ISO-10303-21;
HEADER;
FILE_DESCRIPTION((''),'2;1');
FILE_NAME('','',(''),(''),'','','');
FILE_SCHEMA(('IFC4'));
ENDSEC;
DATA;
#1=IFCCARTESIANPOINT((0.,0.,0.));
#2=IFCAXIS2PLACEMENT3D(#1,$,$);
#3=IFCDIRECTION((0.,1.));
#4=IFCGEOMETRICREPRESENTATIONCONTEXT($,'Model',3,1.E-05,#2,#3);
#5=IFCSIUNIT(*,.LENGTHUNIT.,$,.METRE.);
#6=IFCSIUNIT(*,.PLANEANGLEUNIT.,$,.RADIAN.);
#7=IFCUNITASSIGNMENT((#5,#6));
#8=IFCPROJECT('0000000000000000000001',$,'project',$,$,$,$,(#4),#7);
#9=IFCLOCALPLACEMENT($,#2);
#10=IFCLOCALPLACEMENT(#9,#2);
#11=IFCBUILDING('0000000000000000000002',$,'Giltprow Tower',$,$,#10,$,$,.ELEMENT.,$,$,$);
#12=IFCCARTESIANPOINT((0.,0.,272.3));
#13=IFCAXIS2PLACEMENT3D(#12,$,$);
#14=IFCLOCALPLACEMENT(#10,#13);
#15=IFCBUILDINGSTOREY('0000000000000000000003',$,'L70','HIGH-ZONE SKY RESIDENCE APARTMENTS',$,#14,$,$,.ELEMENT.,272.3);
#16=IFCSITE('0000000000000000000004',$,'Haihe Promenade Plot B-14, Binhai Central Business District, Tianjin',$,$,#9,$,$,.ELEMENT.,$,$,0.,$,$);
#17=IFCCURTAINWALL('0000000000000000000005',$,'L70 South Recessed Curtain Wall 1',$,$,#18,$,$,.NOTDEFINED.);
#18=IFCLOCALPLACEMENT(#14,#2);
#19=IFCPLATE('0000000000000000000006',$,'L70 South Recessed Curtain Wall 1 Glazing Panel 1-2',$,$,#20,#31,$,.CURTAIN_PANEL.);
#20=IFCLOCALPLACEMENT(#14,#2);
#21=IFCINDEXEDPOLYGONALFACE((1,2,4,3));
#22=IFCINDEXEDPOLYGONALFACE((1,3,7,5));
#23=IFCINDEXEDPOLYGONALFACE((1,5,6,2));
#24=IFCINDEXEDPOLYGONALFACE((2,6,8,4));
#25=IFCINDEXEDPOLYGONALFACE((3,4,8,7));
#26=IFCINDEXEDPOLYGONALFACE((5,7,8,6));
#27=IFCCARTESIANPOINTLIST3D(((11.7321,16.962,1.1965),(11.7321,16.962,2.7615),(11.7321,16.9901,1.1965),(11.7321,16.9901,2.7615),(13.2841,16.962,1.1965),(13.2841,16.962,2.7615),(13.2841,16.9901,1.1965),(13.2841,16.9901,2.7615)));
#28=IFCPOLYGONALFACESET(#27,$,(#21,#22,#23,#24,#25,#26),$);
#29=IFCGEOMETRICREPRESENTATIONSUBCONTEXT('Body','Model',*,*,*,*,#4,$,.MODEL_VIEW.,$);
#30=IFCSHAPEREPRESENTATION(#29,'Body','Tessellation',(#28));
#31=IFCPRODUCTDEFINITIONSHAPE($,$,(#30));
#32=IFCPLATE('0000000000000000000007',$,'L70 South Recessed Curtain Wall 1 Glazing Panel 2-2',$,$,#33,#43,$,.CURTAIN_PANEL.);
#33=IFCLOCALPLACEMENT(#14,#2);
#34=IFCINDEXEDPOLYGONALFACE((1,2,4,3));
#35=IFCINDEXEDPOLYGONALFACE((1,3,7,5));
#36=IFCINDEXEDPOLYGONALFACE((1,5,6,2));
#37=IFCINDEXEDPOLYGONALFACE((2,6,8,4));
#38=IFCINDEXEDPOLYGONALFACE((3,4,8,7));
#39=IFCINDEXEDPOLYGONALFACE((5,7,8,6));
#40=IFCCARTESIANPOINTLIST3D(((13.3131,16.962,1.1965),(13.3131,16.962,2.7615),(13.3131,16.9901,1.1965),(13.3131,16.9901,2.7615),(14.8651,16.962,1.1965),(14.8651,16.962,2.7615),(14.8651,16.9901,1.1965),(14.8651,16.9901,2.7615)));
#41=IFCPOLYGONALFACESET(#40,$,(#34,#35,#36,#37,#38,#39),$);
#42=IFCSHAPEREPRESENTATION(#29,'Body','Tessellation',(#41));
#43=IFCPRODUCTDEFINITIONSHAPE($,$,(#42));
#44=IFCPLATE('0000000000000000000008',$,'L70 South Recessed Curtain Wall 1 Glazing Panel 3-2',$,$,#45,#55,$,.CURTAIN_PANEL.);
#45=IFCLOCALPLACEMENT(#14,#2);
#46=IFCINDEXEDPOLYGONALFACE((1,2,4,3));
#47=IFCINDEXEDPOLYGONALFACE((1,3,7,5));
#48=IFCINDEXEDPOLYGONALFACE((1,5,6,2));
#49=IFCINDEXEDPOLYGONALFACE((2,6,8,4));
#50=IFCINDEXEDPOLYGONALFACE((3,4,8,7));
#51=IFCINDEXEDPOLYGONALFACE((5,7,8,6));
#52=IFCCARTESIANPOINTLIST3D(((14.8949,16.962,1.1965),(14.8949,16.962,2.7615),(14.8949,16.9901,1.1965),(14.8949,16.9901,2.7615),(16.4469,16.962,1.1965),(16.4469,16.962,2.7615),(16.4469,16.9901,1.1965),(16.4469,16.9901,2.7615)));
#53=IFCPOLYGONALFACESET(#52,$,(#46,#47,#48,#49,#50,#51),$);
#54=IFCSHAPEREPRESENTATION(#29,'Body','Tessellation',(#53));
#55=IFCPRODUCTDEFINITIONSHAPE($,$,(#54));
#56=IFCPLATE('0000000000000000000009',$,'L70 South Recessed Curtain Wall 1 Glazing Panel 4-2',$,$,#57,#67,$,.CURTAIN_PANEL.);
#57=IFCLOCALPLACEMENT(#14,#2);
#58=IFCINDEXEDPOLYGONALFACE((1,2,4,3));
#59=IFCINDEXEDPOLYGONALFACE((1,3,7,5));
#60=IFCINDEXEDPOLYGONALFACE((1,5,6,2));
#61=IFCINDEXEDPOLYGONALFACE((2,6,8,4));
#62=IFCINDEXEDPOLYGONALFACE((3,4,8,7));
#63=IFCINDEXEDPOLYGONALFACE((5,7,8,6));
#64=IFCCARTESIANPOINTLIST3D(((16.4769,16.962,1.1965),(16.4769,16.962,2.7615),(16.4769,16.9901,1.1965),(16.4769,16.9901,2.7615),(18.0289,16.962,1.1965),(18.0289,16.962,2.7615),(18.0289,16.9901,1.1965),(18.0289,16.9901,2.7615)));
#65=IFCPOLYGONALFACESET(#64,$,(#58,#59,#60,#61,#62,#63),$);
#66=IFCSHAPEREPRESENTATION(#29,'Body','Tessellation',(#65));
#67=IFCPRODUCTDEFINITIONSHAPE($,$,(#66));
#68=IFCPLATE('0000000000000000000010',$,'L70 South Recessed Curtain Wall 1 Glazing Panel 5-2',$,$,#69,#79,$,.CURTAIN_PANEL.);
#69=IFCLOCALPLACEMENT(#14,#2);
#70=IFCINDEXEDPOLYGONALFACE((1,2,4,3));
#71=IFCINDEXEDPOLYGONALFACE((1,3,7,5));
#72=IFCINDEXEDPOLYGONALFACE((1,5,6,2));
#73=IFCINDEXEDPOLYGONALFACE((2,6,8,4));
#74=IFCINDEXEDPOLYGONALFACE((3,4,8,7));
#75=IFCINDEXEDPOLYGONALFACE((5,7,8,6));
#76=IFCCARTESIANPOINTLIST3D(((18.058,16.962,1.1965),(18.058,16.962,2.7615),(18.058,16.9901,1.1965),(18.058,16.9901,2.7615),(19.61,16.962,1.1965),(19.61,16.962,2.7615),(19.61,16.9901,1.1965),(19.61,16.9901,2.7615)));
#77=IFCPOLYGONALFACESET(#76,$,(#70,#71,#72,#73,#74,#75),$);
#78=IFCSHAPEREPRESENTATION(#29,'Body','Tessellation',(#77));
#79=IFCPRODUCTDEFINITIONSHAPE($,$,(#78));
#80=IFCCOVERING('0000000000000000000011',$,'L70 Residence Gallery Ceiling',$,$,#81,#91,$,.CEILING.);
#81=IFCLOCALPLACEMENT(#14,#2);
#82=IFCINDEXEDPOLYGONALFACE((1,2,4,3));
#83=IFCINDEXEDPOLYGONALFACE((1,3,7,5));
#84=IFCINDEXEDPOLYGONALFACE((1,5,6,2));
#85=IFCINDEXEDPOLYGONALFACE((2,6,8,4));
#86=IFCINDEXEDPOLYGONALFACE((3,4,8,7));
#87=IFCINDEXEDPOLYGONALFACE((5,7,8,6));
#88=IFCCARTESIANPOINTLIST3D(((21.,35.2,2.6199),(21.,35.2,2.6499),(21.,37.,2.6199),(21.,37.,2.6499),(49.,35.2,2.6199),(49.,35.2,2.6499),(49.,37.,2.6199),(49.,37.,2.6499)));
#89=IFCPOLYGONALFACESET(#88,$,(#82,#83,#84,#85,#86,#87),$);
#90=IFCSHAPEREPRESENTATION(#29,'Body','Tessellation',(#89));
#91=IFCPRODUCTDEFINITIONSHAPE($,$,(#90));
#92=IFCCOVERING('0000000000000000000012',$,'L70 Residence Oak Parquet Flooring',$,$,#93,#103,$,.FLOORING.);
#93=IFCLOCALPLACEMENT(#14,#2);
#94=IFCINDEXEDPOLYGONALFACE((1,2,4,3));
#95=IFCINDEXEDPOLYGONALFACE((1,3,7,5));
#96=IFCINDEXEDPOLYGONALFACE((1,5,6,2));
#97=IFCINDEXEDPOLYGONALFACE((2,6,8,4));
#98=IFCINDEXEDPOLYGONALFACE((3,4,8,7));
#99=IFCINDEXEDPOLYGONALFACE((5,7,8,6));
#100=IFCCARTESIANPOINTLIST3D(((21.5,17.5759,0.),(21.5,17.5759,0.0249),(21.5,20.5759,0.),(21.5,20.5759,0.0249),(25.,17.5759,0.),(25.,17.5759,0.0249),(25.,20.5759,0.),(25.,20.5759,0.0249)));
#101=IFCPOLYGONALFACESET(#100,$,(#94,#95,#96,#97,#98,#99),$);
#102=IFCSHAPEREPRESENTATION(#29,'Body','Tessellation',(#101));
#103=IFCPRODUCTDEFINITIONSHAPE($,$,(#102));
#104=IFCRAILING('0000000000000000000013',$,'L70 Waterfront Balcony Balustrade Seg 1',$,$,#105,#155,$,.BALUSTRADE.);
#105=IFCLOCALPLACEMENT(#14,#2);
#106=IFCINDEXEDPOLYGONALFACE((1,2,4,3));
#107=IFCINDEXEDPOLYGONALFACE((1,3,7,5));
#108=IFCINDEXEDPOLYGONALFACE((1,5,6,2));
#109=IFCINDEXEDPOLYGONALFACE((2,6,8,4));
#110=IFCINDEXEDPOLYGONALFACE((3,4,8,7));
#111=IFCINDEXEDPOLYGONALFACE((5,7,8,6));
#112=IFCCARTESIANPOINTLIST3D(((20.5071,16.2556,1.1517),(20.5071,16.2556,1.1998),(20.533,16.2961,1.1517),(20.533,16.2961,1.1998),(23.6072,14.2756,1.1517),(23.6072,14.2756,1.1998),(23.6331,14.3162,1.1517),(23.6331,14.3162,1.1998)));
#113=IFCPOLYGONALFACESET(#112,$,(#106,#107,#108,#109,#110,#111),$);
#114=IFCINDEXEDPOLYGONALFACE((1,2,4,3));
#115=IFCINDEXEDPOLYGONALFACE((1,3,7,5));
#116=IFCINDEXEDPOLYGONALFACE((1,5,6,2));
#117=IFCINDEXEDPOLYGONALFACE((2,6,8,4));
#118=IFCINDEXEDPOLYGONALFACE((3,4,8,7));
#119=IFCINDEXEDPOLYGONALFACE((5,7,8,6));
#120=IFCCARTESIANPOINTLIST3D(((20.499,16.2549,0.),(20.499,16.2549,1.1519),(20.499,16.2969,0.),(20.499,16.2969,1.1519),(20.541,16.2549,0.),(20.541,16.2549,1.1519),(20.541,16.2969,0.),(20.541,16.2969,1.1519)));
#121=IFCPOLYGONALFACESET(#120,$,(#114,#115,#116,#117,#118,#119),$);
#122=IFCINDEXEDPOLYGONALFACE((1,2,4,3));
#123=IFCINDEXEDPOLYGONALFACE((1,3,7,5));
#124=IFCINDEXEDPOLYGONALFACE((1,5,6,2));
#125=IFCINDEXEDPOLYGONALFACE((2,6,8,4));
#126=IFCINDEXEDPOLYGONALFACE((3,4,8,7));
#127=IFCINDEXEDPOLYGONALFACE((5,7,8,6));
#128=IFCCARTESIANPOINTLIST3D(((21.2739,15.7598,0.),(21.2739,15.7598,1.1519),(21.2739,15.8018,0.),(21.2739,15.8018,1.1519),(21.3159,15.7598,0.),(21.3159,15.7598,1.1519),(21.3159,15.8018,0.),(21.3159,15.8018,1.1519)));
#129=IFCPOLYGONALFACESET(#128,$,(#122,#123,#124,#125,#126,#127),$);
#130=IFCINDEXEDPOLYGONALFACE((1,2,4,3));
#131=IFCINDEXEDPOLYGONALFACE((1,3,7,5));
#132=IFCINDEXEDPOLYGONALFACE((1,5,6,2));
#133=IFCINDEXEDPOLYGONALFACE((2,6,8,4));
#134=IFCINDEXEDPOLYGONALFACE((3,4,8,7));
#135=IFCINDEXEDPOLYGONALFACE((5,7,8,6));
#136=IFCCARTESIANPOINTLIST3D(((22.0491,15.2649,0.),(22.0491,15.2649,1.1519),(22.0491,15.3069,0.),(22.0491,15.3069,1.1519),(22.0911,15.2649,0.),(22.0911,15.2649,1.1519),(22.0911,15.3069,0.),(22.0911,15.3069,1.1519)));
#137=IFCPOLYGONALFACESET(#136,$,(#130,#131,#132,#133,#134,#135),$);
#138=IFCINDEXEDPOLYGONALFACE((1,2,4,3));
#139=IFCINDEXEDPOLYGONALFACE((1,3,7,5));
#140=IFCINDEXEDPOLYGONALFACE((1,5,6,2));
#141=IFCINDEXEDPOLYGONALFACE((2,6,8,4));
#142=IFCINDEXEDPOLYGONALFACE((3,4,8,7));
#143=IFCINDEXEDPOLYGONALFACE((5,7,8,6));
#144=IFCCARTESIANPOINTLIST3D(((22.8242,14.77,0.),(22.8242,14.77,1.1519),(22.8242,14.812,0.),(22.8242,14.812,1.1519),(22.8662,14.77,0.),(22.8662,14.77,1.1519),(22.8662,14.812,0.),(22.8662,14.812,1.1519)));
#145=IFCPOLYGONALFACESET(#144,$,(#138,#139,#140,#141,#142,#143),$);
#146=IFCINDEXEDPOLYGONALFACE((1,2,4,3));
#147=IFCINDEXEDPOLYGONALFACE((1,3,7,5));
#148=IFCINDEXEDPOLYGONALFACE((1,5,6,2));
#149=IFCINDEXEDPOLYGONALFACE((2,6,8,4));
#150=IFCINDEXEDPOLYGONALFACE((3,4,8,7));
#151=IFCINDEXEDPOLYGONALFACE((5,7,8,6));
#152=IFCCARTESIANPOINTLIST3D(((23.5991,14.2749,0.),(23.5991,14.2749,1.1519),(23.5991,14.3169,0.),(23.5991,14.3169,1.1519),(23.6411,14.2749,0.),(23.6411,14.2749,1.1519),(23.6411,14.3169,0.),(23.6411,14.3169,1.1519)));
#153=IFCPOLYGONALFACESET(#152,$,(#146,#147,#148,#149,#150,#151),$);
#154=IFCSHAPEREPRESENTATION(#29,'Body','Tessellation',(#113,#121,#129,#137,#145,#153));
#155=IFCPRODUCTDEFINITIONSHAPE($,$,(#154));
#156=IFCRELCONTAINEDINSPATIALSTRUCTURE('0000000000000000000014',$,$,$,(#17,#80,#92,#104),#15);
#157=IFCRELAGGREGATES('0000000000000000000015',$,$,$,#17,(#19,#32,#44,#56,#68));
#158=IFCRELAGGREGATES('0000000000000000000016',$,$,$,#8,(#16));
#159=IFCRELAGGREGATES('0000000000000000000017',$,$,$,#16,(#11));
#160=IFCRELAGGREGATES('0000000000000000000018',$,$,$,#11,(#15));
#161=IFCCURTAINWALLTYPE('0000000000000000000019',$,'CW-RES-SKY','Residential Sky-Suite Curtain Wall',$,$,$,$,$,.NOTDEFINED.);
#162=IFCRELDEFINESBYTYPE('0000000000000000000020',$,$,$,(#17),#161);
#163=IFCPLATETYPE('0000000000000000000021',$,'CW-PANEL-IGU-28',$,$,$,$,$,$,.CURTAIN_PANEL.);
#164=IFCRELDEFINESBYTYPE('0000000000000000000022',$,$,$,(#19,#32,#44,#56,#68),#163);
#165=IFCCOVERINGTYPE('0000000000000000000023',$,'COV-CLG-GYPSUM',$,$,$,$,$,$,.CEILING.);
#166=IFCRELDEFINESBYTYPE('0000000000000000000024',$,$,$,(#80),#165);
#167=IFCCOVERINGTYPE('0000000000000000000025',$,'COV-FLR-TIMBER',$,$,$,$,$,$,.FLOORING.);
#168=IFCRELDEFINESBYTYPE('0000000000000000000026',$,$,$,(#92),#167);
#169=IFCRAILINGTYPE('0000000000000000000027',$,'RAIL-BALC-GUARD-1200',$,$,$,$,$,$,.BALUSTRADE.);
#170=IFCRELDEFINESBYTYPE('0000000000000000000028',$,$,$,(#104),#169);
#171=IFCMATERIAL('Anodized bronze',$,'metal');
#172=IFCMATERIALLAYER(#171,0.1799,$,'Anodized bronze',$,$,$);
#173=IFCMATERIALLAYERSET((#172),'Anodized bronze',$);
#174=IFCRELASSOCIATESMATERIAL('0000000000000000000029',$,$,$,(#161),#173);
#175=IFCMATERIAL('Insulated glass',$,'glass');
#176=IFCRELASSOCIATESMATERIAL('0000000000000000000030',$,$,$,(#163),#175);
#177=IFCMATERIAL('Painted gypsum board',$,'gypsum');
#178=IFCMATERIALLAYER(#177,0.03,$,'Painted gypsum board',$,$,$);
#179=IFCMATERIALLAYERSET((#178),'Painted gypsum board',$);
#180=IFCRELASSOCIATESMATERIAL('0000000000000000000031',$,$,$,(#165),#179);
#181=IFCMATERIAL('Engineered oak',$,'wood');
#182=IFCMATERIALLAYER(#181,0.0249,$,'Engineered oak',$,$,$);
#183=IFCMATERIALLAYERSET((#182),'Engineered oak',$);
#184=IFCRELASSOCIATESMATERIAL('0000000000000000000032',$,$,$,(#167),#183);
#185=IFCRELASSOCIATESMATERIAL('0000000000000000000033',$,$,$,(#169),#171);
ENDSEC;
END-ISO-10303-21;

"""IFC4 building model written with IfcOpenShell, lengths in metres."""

from ifc_helpers import new_model, si_unit, direction, frame, origin, origin_2d, place, context, subcontext, project, spatial, polyline, rectangle, outline, extrude, source, transform, mapped, material, layer, layer_set, type_object, element, aggregate, save


model = new_model("IFC4")

# Units and contexts
model_context = context("Model", 3, precision=1e-05, world=origin(), true_north=direction((0.0, 1.0)))
body_context = subcontext(model_context, "Body", "Model", "MODEL_VIEW")
ifc_project = project(units=[si_unit("LENGTHUNIT", "METRE"), si_unit("PLANEANGLEUNIT", "RADIAN")], contexts=[model_context])

# Site, building, storey
site_placement = place(None, origin())
site = spatial("IfcSite", under=ifc_project, at=site_placement, Name="Haihe Promenade Plot B-14, Binhai Central Business District, Tianjin", CompositionType="ELEMENT", RefElevation=0.0)
building_placement = place(site_placement, origin())
building = spatial("IfcBuilding", under=site, at=building_placement, Name="Giltprow Tower", CompositionType="ELEMENT")
storey_placement = place(building_placement, frame((0.0, 0.0, 272.3)))
storey = spatial("IfcBuildingStorey", under=building, at=storey_placement, Name="L70", Description="HIGH-ZONE SKY RESIDENCE APARTMENTS", CompositionType="ELEMENT", Elevation=272.3)

# Curtain wall
ifc_material_1 = material(Name="Anodized bronze", Category="metal")
ifc_layer_1 = layer(ifc_material_1, 0.1799, Name="Anodized bronze")
ifc_layer_set_1 = layer_set([ifc_layer_1], Name="Anodized bronze")
curtain_wall_type = type_object("IfcCurtainWallType", Name="CW-RES-SKY", Description="Residential Sky-Suite Curtain Wall", PredefinedType="NOTDEFINED", material=ifc_layer_set_1)
curtain_wall_placement = place(storey_placement, origin())
curtain_wall = element("IfcCurtainWall", 1, at=curtain_wall_placement, inside=storey, type_object=curtain_wall_type, Name="L70 South Recessed Curtain Wall 1", PredefinedType="NOTDEFINED")

# Plates
ifc_material_2 = material(Name="Insulated glass", Category="glass")
plate_type = type_object("IfcPlateType", Name="CW-PANEL-IGU-28", PredefinedType="CURTAIN_PANEL", material=ifc_material_2)
shared_shape_1 = source(origin(), body_context, "Body", "SweptSolid", [
    extrude(rectangle(XDim=1.552, YDim=0.0281, at=origin_2d()), origin(), (0.0, 0.0, 1.0), 1.5649),
])
plate_1_placement = place(storey_placement, frame((12.5081, 16.9761, 1.1965), z_axis=(0.0, 0.0, 1.0), x_axis=(1.0, 0.0, 0.0)))
plate_1 = element("IfcPlate", 2, at=plate_1_placement, type_object=plate_type, Name="L70 South Recessed Curtain Wall 1 Glazing Panel 1-2", PredefinedType="CURTAIN_PANEL", context=body_context, shape_type="MappedRepresentation", body=[
    mapped(shared_shape_1, transform((0.0, 0.0, 0.0), x_axis=(1.0, 0.0, 0.0), y_axis=(0.0, 1.0, 0.0), z_axis=(0.0, 0.0, 1.0), scale=1.0)),
])
plate_2_placement = place(storey_placement, frame((14.0891, 16.9761, 1.1965), z_axis=(0.0, 0.0, 1.0), x_axis=(1.0, 0.0, 0.0)))
plate_2 = element("IfcPlate", 3, at=plate_2_placement, type_object=plate_type, Name="L70 South Recessed Curtain Wall 1 Glazing Panel 2-2", PredefinedType="CURTAIN_PANEL", context=body_context, shape_type="MappedRepresentation", body=[
    mapped(shared_shape_1, transform((0.0, 0.0, 0.0), x_axis=(1.0, 0.0, 0.0), y_axis=(0.0, 1.0, 0.0), z_axis=(0.0, 0.0, 1.0), scale=1.0)),
])
plate_3_placement = place(storey_placement, frame((15.6709, 16.9761, 1.1965), z_axis=(0.0, 0.0, 1.0), x_axis=(1.0, 0.0, 0.0)))
plate_3 = element("IfcPlate", 4, at=plate_3_placement, type_object=plate_type, Name="L70 South Recessed Curtain Wall 1 Glazing Panel 3-2", PredefinedType="CURTAIN_PANEL", context=body_context, shape_type="MappedRepresentation", body=[
    mapped(shared_shape_1, transform((0.0, 0.0, 0.0), x_axis=(1.0, 0.0, 0.0), y_axis=(0.0, 1.0, 0.0), z_axis=(0.0, 0.0, 1.0), scale=1.0)),
])
plate_4_placement = place(storey_placement, frame((17.2529, 16.9761, 1.1965), z_axis=(0.0, 0.0, 1.0), x_axis=(1.0, 0.0, 0.0)))
plate_4 = element("IfcPlate", 5, at=plate_4_placement, type_object=plate_type, Name="L70 South Recessed Curtain Wall 1 Glazing Panel 4-2", PredefinedType="CURTAIN_PANEL", context=body_context, shape_type="MappedRepresentation", body=[
    mapped(shared_shape_1, transform((0.0, 0.0, 0.0), x_axis=(1.0, 0.0, 0.0), y_axis=(0.0, 1.0, 0.0), z_axis=(0.0, 0.0, 1.0), scale=1.0)),
])
plate_5_placement = place(storey_placement, frame((18.834, 16.9761, 1.1965), z_axis=(0.0, 0.0, 1.0), x_axis=(1.0, 0.0, 0.0)))
plate_5 = element("IfcPlate", 6, at=plate_5_placement, type_object=plate_type, Name="L70 South Recessed Curtain Wall 1 Glazing Panel 5-2", PredefinedType="CURTAIN_PANEL", context=body_context, shape_type="MappedRepresentation", body=[
    mapped(shared_shape_1, transform((0.0, 0.0, 0.0), x_axis=(1.0, 0.0, 0.0), y_axis=(0.0, 1.0, 0.0), z_axis=(0.0, 0.0, 1.0), scale=1.0)),
])
aggregate(curtain_wall, [plate_1, plate_2, plate_3, plate_4, plate_5])

# Coverings
ifc_material_3 = material(Name="Painted gypsum board", Category="gypsum")
ifc_layer_2 = layer(ifc_material_3, 0.03, Name="Painted gypsum board")
ifc_layer_set_2 = layer_set([ifc_layer_2], Name="Painted gypsum board")
covering_type_1 = type_object("IfcCoveringType", Name="COV-CLG-GYPSUM", PredefinedType="CEILING", material=ifc_layer_set_2)
covering_1_placement = place(storey_placement, frame((0.0, 0.0, 2.6199)))
element("IfcCovering", 7, at=covering_1_placement, inside=storey, type_object=covering_type_1, Name="L70 Residence Gallery Ceiling", PredefinedType="CEILING", context=body_context, shape_type="SweptSolid", body=[
    extrude(outline(polyline([(21.0, 35.2), (49.0, 35.2), (49.0, 37.0), (21.0, 37.0), (21.0, 35.2)])), origin(), (0.0, 0.0, 1.0), 0.03),
])
ifc_material_4 = material(Name="Engineered oak", Category="wood")
ifc_layer_3 = layer(ifc_material_4, 0.0249, Name="Engineered oak")
ifc_layer_set_3 = layer_set([ifc_layer_3], Name="Engineered oak")
covering_type_2 = type_object("IfcCoveringType", Name="COV-FLR-TIMBER", PredefinedType="FLOORING", material=ifc_layer_set_3)
covering_2_placement = place(storey_placement, origin())
element("IfcCovering", 8, at=covering_2_placement, inside=storey, type_object=covering_type_2, Name="L70 Residence Oak Parquet Flooring", PredefinedType="FLOORING", context=body_context, shape_type="SweptSolid", body=[
    extrude(outline(polyline([(21.5, 17.5759), (25.0, 17.5759), (25.0, 20.5759), (21.5, 20.5759), (21.5, 17.5759)])), origin(), (0.0, 0.0, 1.0), 0.0249),
])

# Railing
railing_type = type_object("IfcRailingType", Name="RAIL-BALC-GUARD-1200", PredefinedType="BALUSTRADE", material=ifc_material_1)
railing_1_placement = place(storey_placement, frame((20.52, 16.2759, 0.0)))
element("IfcRailing", 9, at=railing_1_placement, inside=storey, type_object=railing_type, Name="L70 Waterfront Balcony Balustrade Seg 1", PredefinedType="BALUSTRADE", context=body_context, shape_type="SweptSolid", body=[
    extrude(rectangle(XDim=0.0481, YDim=0.0481, at=origin_2d()), frame((0.0, 0.0, 1.1758), z_axis=(0.842775, -0.538266, 0.0), x_axis=(0.538266, 0.842775, 0.0)), (0.0, 0.0, 1.0), 3.6785),
    extrude(rectangle(XDim=0.042, YDim=0.042, at=origin_2d()), origin(), (0.0, 0.0, 1.0), 1.1519),
    extrude(rectangle(XDim=0.042, YDim=0.042, at=origin_2d()), frame((0.7749, -0.4951, 0.0)), (0.0, 0.0, 1.0), 1.1519),
    extrude(rectangle(XDim=0.042, YDim=0.042, at=origin_2d()), frame((1.55, -0.99, 0.0)), (0.0, 0.0, 1.0), 1.1519),
    extrude(rectangle(XDim=0.042, YDim=0.042, at=origin_2d()), frame((2.3252, -1.4849, 0.0)), (0.0, 0.0, 1.0), 1.1519),
    extrude(rectangle(XDim=0.042, YDim=0.042, at=origin_2d()), frame((3.1001, -1.98, 0.0)), (0.0, 0.0, 1.0), 1.1519),
])

save(model, "model.ifc")
